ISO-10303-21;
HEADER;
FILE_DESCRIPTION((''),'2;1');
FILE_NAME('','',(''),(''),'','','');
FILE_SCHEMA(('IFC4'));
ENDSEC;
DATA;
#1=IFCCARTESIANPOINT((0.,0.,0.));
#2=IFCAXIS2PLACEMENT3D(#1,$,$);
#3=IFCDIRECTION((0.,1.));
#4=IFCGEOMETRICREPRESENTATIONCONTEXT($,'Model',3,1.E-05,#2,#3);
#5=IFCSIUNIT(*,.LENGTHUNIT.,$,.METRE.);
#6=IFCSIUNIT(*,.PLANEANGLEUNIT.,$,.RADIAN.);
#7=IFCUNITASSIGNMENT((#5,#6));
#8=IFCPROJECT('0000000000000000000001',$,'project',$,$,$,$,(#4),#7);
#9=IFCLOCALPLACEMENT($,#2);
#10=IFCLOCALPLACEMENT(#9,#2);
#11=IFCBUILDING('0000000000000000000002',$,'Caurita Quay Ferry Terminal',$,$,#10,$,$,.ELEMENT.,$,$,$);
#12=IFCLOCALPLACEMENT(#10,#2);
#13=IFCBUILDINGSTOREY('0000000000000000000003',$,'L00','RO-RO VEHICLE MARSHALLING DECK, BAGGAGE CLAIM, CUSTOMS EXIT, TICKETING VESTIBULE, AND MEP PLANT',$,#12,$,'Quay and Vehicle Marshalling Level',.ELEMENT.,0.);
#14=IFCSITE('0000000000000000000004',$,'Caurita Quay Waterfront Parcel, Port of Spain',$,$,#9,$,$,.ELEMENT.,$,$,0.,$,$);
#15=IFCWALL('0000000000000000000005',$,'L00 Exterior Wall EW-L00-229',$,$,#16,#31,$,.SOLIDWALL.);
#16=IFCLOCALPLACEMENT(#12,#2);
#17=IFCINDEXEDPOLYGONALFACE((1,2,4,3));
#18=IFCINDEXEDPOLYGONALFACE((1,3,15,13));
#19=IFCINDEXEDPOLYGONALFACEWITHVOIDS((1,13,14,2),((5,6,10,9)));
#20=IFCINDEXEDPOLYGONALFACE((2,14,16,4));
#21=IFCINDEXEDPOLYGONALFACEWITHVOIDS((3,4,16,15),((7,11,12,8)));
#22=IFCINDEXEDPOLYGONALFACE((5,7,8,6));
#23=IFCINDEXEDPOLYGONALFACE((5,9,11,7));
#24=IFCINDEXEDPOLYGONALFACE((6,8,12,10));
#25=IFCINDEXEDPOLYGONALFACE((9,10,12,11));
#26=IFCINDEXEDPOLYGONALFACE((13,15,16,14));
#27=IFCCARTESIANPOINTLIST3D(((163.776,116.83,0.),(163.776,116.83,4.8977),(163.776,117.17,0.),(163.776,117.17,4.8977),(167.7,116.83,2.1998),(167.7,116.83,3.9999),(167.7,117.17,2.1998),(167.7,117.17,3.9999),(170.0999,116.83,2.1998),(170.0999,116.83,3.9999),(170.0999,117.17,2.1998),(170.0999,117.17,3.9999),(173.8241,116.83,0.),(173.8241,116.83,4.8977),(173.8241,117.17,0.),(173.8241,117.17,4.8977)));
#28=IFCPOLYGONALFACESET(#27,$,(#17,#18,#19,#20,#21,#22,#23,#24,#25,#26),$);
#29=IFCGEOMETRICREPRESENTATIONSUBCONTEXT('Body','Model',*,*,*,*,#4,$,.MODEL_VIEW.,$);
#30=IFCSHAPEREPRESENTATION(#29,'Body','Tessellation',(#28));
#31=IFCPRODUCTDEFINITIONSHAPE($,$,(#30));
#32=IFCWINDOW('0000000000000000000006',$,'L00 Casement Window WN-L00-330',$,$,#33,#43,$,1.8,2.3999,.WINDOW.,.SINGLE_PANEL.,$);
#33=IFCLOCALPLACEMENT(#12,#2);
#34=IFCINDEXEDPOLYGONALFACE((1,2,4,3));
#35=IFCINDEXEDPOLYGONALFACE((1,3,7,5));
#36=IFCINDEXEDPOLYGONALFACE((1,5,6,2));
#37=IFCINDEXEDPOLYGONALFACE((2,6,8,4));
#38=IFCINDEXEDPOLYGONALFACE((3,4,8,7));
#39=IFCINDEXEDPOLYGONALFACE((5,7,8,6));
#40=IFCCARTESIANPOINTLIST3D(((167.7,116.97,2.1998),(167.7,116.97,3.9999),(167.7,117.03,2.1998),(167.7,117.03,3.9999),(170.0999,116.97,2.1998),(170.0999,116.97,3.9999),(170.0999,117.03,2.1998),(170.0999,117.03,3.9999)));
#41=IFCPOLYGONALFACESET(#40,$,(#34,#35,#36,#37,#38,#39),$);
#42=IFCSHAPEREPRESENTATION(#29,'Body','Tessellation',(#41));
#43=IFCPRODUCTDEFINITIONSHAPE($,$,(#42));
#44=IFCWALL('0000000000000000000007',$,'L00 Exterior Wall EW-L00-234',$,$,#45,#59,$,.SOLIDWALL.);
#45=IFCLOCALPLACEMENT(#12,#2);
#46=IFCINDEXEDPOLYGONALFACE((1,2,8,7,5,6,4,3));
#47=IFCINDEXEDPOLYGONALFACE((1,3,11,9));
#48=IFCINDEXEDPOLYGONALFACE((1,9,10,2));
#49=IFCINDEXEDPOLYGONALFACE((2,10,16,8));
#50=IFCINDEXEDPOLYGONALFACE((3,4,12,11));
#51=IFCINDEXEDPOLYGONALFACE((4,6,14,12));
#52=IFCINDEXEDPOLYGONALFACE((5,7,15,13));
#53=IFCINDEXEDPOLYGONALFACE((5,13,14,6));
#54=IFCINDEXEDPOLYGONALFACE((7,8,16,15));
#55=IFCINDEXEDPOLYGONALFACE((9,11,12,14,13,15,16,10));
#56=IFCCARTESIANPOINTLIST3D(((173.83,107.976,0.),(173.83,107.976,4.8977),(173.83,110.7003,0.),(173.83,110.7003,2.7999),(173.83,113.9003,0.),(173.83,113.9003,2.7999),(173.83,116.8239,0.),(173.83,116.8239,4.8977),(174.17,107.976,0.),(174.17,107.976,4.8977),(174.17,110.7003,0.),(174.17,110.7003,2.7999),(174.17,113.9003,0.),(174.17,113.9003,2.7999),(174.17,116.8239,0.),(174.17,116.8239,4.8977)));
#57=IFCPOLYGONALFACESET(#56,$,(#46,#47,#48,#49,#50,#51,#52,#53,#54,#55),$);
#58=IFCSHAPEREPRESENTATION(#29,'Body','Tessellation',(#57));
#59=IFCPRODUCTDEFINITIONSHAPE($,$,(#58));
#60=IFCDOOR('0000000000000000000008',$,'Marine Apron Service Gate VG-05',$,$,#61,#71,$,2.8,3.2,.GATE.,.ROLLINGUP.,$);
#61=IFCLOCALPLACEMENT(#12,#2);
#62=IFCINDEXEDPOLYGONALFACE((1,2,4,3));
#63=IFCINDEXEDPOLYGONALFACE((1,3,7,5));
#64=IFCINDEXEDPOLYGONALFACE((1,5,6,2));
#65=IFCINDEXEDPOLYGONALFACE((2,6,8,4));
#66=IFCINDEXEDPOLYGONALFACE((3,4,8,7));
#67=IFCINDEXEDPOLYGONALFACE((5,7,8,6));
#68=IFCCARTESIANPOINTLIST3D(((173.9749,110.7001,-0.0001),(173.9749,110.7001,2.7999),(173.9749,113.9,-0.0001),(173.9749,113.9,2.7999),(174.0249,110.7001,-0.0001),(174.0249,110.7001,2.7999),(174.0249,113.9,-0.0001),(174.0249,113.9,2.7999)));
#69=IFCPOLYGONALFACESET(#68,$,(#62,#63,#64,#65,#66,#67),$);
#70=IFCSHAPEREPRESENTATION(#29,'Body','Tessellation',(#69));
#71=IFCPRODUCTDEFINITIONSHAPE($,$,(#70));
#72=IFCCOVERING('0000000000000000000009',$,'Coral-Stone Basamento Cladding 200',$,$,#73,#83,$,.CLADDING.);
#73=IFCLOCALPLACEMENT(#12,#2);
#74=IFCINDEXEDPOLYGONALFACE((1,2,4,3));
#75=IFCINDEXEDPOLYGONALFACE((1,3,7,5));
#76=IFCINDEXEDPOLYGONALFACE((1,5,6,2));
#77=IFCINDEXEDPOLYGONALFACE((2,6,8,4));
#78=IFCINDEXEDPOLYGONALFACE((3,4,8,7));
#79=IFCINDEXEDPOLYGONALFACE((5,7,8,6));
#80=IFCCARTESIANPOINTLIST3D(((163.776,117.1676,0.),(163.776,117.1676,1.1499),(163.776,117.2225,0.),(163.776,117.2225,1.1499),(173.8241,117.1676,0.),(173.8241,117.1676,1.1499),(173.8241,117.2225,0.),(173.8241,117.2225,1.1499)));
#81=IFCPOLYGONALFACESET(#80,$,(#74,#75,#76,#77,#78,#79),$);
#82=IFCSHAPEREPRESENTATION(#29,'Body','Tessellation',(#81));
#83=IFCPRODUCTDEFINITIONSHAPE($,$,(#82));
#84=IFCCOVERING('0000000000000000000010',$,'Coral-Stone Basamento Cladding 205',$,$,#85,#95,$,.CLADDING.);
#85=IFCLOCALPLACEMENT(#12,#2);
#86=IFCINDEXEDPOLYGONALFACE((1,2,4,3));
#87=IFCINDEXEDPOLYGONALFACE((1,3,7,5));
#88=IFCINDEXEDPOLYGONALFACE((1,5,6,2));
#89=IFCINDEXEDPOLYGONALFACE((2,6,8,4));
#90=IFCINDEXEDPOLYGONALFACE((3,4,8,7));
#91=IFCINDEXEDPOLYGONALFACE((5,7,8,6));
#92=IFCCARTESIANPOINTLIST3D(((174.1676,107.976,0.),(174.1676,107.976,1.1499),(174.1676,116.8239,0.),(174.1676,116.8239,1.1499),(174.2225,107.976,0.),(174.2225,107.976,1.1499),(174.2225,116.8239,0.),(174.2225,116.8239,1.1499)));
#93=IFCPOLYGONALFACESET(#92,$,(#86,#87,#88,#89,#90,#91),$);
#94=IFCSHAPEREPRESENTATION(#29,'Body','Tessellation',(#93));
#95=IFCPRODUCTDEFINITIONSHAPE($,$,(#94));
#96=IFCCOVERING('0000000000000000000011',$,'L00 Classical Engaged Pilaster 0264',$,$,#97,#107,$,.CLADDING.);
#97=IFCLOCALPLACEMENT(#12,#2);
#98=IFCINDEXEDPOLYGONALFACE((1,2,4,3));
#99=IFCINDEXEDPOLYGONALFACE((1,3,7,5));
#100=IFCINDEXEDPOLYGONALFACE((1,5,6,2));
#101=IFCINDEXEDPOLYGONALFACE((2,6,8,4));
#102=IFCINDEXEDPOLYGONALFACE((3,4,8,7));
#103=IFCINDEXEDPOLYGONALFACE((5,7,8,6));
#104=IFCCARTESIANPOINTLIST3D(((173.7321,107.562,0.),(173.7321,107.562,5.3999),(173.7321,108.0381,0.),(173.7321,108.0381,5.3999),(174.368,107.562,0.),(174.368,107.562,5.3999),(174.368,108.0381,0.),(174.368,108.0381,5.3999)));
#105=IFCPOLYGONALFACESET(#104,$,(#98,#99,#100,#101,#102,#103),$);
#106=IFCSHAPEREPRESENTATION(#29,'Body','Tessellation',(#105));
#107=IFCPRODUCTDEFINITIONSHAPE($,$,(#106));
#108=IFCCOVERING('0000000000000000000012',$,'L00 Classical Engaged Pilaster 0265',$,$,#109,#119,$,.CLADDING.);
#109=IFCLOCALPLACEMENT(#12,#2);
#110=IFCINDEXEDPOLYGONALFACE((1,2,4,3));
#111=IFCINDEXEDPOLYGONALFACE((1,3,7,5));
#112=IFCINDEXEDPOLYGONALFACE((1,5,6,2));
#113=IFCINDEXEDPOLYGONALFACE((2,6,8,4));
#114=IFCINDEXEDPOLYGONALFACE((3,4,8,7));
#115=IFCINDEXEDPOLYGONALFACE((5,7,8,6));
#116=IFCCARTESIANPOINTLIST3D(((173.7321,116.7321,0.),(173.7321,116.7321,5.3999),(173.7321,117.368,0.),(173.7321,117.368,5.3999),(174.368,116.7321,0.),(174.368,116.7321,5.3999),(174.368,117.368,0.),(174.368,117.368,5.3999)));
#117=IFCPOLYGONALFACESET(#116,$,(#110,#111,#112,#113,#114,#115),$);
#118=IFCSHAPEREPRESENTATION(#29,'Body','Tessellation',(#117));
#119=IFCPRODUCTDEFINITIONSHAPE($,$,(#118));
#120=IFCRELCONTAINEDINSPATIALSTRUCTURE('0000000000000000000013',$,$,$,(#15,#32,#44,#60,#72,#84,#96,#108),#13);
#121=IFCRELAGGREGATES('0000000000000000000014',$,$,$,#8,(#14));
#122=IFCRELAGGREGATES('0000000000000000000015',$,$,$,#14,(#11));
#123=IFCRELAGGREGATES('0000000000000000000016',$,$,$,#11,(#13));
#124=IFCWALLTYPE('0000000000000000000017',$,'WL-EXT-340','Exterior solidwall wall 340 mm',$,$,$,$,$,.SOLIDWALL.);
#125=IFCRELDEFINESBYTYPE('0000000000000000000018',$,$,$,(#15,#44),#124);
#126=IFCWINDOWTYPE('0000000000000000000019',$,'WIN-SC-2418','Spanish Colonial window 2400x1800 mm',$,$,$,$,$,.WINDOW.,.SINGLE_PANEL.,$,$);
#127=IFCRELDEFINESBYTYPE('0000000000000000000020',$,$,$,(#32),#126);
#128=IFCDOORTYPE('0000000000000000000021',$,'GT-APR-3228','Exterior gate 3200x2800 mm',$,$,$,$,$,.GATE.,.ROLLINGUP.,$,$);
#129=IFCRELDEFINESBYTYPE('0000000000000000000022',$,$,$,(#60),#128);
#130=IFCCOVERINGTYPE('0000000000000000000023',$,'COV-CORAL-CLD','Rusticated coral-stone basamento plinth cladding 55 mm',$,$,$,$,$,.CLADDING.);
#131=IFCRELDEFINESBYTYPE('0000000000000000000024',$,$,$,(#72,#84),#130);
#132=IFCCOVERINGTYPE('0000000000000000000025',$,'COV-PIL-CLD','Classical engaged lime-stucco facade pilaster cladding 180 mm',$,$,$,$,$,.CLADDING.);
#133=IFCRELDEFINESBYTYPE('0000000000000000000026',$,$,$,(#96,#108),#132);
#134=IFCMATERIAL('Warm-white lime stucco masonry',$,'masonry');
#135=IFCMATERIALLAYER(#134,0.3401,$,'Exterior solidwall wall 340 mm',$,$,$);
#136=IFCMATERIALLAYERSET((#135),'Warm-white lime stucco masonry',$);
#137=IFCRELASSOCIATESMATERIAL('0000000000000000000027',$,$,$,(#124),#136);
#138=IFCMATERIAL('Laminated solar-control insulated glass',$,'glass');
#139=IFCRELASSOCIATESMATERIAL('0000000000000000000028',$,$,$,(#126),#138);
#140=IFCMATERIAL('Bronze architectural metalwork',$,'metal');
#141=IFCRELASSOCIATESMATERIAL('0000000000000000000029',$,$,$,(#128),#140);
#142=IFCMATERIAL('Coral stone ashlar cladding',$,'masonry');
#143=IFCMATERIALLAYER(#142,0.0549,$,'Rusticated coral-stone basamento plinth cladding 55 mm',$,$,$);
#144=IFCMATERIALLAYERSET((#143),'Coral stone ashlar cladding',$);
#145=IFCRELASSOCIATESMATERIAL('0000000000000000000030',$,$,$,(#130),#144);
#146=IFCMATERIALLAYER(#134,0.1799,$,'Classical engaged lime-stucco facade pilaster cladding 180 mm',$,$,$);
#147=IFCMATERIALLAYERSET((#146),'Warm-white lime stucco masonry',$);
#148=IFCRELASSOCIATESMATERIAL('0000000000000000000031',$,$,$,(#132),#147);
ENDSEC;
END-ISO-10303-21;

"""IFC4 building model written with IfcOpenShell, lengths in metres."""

from ifc_helpers import new_model, si_unit, direction, frame, frame_2d, origin, origin_2d, place, context, subcontext, project, spatial, rectangle, extrude, material, layer, layer_set, type_object, element, fill, save


model = new_model("IFC4")

# Units and contexts
model_context = context("Model", 3, precision=1e-05, world=origin(), true_north=direction((0.0, 1.0)))
body_context = subcontext(model_context, "Body", "Model", "MODEL_VIEW")
ifc_project = project(units=[si_unit("LENGTHUNIT", "METRE"), si_unit("PLANEANGLEUNIT", "RADIAN")], contexts=[model_context])

# Site, building, storey
site_placement = place(None, origin())
site = spatial("IfcSite", under=ifc_project, at=site_placement, Name="Caurita Quay Waterfront Parcel, Port of Spain", CompositionType="ELEMENT", RefElevation=0.0)
building_placement = place(site_placement, origin())
building = spatial("IfcBuilding", under=site, at=building_placement, Name="Caurita Quay Ferry Terminal", CompositionType="ELEMENT")
storey_placement = place(building_placement, origin())
storey = spatial("IfcBuildingStorey", under=building, at=storey_placement, Name="L00", Description="RO-RO VEHICLE MARSHALLING DECK, BAGGAGE CLAIM, CUSTOMS EXIT, TICKETING VESTIBULE, AND MEP PLANT", LongName="Quay and Vehicle Marshalling Level", CompositionType="ELEMENT", Elevation=0.0)

# Wall, opening, window
ifc_material_1 = material(Name="Warm-white lime stucco masonry", Category="masonry")
ifc_layer_1 = layer(ifc_material_1, 0.3401, Name="Exterior solidwall wall 340 mm")
ifc_layer_set_1 = layer_set([ifc_layer_1], Name="Warm-white lime stucco masonry")
wall_type = type_object("IfcWallType", Name="WL-EXT-340", Description="Exterior solidwall wall 340 mm", PredefinedType="SOLIDWALL", material=ifc_layer_set_1)
wall_1_placement = place(storey_placement, frame((173.824, 117.0, 0.0), z_axis=(0.0, 0.0, 1.0), x_axis=(-1.0, 0.0, 0.0)))
wall_1 = element("IfcWall", 1, at=wall_1_placement, inside=storey, type_object=wall_type, Name="L00 Exterior Wall EW-L00-229", PredefinedType="SOLIDWALL", context=body_context, shape_type="SweptSolid", body=[
    extrude(rectangle(XDim=10.0481, YDim=0.3401, at=frame_2d((5.0239, 0.0))), origin(), (0.0, 0.0, 1.0), 4.8977),
])
opening_1_placement = place(wall_1_placement, frame((3.7241, 0.0, 2.2)))
opening_1 = element("IfcOpeningElement", 2, at=opening_1_placement, cuts=wall_1, PredefinedType="OPENING", context=body_context, shape_type="SweptSolid", body=[
    extrude(rectangle(XDim=2.3999, YDim=1.8, at=frame_2d((1.2, 0.8999))), frame((0.0, 0.1799, 0.0), z_axis=(0.0, -1.0, 0.0), x_axis=(1.0, 0.0, 0.0)), (0.0, 0.0, 1.0), 0.3601),
])
ifc_material_2 = material(Name="Laminated solar-control insulated glass", Category="glass")
window_type = type_object("IfcWindowType", Name="WIN-SC-2418", Description="Spanish Colonial window 2400x1800 mm", PartitioningType="SINGLE_PANEL", PredefinedType="WINDOW", material=ifc_material_2)
window_placement = place(opening_1_placement, origin())
window = element("IfcWindow", 3, at=window_placement, inside=storey, type_object=window_type, Name="L00 Casement Window WN-L00-330", OverallHeight=1.8, OverallWidth=2.3999, PartitioningType="SINGLE_PANEL", PredefinedType="WINDOW", context=body_context, shape_type="SweptSolid", body=[
    extrude(rectangle(XDim=2.3999, YDim=1.8, at=frame_2d((1.2, 0.8999))), frame((0.0, 0.03, 0.0), z_axis=(0.0, -1.0, 0.0), x_axis=(1.0, 0.0, 0.0)), (0.0, 0.0, 1.0), 0.0601),
])
fill(opening_1, window)

# Wall, opening, door
wall_2_placement = place(storey_placement, frame((174.0, 107.9761, 0.0), z_axis=(0.0, 0.0, 1.0), x_axis=(0.0, 1.0, 0.0)))
wall_2 = element("IfcWall", 4, at=wall_2_placement, inside=storey, type_object=wall_type, Name="L00 Exterior Wall EW-L00-234", PredefinedType="SOLIDWALL", context=body_context, shape_type="SweptSolid", body=[
    extrude(rectangle(XDim=8.8479, YDim=0.3401, at=frame_2d((4.4238, 0.0))), origin(), (0.0, 0.0, 1.0), 4.8977),
])
opening_2_placement = place(wall_2_placement, frame((2.7241, 0.0, 0.0)))
opening_2 = element("IfcOpeningElement", 5, at=opening_2_placement, cuts=wall_2, PredefinedType="OPENING", context=body_context, shape_type="SweptSolid", body=[
    extrude(rectangle(XDim=3.2, YDim=2.8, at=frame_2d((1.6001, 1.3999))), frame((0.0, 0.1799, 0.0), z_axis=(0.0, -1.0, 0.0), x_axis=(1.0, 0.0, 0.0)), (0.0, 0.0, 1.0), 0.3601),
])
ifc_material_3 = material(Name="Bronze architectural metalwork", Category="metal")
door_type = type_object("IfcDoorType", Name="GT-APR-3228", Description="Exterior gate 3200x2800 mm", OperationType="ROLLINGUP", PredefinedType="GATE", material=ifc_material_3)
door_placement = place(opening_2_placement, frame((3.2, 0.0, 0.0), z_axis=(0.0, 0.0, 1.0), x_axis=(-1.0, 0.0, 0.0)))
door = element("IfcDoor", 6, at=door_placement, inside=storey, type_object=door_type, Name="Marine Apron Service Gate VG-05", OperationType="ROLLINGUP", OverallHeight=2.8, OverallWidth=3.2, PredefinedType="GATE", context=body_context, shape_type="SweptSolid", body=[
    extrude(rectangle(XDim=3.2, YDim=2.8, at=frame_2d((1.6001, 1.3999))), frame((0.0, 0.0249, 0.0), z_axis=(0.0, -1.0, 0.0), x_axis=(1.0, 0.0, 0.0)), (0.0, 0.0, 1.0), 0.05),
])
fill(opening_2, door)

# Coverings
ifc_material_4 = material(Name="Coral stone ashlar cladding", Category="masonry")
ifc_layer_2 = layer(ifc_material_4, 0.0549, Name="Rusticated coral-stone basamento plinth cladding 55 mm")
ifc_layer_set_2 = layer_set([ifc_layer_2], Name="Coral stone ashlar cladding")
covering_type_1 = type_object("IfcCoveringType", Name="COV-CORAL-CLD", Description="Rusticated coral-stone basamento plinth cladding 55 mm", PredefinedType="CLADDING", material=ifc_layer_set_2)
covering_1_placement = place(storey_placement, frame((173.824, 117.1951, 0.0), z_axis=(0.0, 0.0, 1.0), x_axis=(-1.0, 0.0, 0.0)))
element("IfcCovering", 7, at=covering_1_placement, inside=storey, type_object=covering_type_1, Name="Coral-Stone Basamento Cladding 200", PredefinedType="CLADDING", context=body_context, shape_type="SweptSolid", body=[
    extrude(rectangle(XDim=10.0481, YDim=0.0549, at=frame_2d((5.0239, 0.0))), origin(), (0.0, 0.0, 1.0), 1.1499),
])
covering_2_placement = place(storey_placement, frame((174.1951, 107.9761, 0.0), z_axis=(0.0, 0.0, 1.0), x_axis=(0.0, 1.0, 0.0)))
element("IfcCovering", 8, at=covering_2_placement, inside=storey, type_object=covering_type_1, Name="Coral-Stone Basamento Cladding 205", PredefinedType="CLADDING", context=body_context, shape_type="SweptSolid", body=[
    extrude(rectangle(XDim=8.8479, YDim=0.0549, at=frame_2d((4.4238, 0.0))), origin(), (0.0, 0.0, 1.0), 1.1499),
])
ifc_layer_3 = layer(ifc_material_1, 0.1799, Name="Classical engaged lime-stucco facade pilaster cladding 180 mm")
ifc_layer_set_3 = layer_set([ifc_layer_3], Name="Warm-white lime stucco masonry")
covering_type_2 = type_object("IfcCoveringType", Name="COV-PIL-CLD", Description="Classical engaged lime-stucco facade pilaster cladding 180 mm", PredefinedType="CLADDING", material=ifc_layer_set_3)
covering_3_placement = place(storey_placement, frame((174.05, 107.8, 0.0), z_axis=(0.0, 0.0, 1.0), x_axis=(1.0, 0.0, 0.0)))
element("IfcCovering", 9, at=covering_3_placement, inside=storey, type_object=covering_type_2, Name="L00 Classical Engaged Pilaster 0264", PredefinedType="CLADDING", context=body_context, shape_type="SweptSolid", body=[
    extrude(rectangle(XDim=0.636, YDim=0.4761, at=origin_2d()), origin(), (0.0, 0.0, 1.0), 5.3999),
])
covering_4_placement = place(storey_placement, frame((174.05, 117.05, 0.0), z_axis=(0.0, 0.0, 1.0), x_axis=(1.0, 0.0, 0.0)))
element("IfcCovering", 10, at=covering_4_placement, inside=storey, type_object=covering_type_2, Name="L00 Classical Engaged Pilaster 0265", PredefinedType="CLADDING", context=body_context, shape_type="SweptSolid", body=[
    extrude(rectangle(XDim=0.636, YDim=0.636, at=origin_2d()), origin(), (0.0, 0.0, 1.0), 5.3999),
])

save(model, "model.ifc")
